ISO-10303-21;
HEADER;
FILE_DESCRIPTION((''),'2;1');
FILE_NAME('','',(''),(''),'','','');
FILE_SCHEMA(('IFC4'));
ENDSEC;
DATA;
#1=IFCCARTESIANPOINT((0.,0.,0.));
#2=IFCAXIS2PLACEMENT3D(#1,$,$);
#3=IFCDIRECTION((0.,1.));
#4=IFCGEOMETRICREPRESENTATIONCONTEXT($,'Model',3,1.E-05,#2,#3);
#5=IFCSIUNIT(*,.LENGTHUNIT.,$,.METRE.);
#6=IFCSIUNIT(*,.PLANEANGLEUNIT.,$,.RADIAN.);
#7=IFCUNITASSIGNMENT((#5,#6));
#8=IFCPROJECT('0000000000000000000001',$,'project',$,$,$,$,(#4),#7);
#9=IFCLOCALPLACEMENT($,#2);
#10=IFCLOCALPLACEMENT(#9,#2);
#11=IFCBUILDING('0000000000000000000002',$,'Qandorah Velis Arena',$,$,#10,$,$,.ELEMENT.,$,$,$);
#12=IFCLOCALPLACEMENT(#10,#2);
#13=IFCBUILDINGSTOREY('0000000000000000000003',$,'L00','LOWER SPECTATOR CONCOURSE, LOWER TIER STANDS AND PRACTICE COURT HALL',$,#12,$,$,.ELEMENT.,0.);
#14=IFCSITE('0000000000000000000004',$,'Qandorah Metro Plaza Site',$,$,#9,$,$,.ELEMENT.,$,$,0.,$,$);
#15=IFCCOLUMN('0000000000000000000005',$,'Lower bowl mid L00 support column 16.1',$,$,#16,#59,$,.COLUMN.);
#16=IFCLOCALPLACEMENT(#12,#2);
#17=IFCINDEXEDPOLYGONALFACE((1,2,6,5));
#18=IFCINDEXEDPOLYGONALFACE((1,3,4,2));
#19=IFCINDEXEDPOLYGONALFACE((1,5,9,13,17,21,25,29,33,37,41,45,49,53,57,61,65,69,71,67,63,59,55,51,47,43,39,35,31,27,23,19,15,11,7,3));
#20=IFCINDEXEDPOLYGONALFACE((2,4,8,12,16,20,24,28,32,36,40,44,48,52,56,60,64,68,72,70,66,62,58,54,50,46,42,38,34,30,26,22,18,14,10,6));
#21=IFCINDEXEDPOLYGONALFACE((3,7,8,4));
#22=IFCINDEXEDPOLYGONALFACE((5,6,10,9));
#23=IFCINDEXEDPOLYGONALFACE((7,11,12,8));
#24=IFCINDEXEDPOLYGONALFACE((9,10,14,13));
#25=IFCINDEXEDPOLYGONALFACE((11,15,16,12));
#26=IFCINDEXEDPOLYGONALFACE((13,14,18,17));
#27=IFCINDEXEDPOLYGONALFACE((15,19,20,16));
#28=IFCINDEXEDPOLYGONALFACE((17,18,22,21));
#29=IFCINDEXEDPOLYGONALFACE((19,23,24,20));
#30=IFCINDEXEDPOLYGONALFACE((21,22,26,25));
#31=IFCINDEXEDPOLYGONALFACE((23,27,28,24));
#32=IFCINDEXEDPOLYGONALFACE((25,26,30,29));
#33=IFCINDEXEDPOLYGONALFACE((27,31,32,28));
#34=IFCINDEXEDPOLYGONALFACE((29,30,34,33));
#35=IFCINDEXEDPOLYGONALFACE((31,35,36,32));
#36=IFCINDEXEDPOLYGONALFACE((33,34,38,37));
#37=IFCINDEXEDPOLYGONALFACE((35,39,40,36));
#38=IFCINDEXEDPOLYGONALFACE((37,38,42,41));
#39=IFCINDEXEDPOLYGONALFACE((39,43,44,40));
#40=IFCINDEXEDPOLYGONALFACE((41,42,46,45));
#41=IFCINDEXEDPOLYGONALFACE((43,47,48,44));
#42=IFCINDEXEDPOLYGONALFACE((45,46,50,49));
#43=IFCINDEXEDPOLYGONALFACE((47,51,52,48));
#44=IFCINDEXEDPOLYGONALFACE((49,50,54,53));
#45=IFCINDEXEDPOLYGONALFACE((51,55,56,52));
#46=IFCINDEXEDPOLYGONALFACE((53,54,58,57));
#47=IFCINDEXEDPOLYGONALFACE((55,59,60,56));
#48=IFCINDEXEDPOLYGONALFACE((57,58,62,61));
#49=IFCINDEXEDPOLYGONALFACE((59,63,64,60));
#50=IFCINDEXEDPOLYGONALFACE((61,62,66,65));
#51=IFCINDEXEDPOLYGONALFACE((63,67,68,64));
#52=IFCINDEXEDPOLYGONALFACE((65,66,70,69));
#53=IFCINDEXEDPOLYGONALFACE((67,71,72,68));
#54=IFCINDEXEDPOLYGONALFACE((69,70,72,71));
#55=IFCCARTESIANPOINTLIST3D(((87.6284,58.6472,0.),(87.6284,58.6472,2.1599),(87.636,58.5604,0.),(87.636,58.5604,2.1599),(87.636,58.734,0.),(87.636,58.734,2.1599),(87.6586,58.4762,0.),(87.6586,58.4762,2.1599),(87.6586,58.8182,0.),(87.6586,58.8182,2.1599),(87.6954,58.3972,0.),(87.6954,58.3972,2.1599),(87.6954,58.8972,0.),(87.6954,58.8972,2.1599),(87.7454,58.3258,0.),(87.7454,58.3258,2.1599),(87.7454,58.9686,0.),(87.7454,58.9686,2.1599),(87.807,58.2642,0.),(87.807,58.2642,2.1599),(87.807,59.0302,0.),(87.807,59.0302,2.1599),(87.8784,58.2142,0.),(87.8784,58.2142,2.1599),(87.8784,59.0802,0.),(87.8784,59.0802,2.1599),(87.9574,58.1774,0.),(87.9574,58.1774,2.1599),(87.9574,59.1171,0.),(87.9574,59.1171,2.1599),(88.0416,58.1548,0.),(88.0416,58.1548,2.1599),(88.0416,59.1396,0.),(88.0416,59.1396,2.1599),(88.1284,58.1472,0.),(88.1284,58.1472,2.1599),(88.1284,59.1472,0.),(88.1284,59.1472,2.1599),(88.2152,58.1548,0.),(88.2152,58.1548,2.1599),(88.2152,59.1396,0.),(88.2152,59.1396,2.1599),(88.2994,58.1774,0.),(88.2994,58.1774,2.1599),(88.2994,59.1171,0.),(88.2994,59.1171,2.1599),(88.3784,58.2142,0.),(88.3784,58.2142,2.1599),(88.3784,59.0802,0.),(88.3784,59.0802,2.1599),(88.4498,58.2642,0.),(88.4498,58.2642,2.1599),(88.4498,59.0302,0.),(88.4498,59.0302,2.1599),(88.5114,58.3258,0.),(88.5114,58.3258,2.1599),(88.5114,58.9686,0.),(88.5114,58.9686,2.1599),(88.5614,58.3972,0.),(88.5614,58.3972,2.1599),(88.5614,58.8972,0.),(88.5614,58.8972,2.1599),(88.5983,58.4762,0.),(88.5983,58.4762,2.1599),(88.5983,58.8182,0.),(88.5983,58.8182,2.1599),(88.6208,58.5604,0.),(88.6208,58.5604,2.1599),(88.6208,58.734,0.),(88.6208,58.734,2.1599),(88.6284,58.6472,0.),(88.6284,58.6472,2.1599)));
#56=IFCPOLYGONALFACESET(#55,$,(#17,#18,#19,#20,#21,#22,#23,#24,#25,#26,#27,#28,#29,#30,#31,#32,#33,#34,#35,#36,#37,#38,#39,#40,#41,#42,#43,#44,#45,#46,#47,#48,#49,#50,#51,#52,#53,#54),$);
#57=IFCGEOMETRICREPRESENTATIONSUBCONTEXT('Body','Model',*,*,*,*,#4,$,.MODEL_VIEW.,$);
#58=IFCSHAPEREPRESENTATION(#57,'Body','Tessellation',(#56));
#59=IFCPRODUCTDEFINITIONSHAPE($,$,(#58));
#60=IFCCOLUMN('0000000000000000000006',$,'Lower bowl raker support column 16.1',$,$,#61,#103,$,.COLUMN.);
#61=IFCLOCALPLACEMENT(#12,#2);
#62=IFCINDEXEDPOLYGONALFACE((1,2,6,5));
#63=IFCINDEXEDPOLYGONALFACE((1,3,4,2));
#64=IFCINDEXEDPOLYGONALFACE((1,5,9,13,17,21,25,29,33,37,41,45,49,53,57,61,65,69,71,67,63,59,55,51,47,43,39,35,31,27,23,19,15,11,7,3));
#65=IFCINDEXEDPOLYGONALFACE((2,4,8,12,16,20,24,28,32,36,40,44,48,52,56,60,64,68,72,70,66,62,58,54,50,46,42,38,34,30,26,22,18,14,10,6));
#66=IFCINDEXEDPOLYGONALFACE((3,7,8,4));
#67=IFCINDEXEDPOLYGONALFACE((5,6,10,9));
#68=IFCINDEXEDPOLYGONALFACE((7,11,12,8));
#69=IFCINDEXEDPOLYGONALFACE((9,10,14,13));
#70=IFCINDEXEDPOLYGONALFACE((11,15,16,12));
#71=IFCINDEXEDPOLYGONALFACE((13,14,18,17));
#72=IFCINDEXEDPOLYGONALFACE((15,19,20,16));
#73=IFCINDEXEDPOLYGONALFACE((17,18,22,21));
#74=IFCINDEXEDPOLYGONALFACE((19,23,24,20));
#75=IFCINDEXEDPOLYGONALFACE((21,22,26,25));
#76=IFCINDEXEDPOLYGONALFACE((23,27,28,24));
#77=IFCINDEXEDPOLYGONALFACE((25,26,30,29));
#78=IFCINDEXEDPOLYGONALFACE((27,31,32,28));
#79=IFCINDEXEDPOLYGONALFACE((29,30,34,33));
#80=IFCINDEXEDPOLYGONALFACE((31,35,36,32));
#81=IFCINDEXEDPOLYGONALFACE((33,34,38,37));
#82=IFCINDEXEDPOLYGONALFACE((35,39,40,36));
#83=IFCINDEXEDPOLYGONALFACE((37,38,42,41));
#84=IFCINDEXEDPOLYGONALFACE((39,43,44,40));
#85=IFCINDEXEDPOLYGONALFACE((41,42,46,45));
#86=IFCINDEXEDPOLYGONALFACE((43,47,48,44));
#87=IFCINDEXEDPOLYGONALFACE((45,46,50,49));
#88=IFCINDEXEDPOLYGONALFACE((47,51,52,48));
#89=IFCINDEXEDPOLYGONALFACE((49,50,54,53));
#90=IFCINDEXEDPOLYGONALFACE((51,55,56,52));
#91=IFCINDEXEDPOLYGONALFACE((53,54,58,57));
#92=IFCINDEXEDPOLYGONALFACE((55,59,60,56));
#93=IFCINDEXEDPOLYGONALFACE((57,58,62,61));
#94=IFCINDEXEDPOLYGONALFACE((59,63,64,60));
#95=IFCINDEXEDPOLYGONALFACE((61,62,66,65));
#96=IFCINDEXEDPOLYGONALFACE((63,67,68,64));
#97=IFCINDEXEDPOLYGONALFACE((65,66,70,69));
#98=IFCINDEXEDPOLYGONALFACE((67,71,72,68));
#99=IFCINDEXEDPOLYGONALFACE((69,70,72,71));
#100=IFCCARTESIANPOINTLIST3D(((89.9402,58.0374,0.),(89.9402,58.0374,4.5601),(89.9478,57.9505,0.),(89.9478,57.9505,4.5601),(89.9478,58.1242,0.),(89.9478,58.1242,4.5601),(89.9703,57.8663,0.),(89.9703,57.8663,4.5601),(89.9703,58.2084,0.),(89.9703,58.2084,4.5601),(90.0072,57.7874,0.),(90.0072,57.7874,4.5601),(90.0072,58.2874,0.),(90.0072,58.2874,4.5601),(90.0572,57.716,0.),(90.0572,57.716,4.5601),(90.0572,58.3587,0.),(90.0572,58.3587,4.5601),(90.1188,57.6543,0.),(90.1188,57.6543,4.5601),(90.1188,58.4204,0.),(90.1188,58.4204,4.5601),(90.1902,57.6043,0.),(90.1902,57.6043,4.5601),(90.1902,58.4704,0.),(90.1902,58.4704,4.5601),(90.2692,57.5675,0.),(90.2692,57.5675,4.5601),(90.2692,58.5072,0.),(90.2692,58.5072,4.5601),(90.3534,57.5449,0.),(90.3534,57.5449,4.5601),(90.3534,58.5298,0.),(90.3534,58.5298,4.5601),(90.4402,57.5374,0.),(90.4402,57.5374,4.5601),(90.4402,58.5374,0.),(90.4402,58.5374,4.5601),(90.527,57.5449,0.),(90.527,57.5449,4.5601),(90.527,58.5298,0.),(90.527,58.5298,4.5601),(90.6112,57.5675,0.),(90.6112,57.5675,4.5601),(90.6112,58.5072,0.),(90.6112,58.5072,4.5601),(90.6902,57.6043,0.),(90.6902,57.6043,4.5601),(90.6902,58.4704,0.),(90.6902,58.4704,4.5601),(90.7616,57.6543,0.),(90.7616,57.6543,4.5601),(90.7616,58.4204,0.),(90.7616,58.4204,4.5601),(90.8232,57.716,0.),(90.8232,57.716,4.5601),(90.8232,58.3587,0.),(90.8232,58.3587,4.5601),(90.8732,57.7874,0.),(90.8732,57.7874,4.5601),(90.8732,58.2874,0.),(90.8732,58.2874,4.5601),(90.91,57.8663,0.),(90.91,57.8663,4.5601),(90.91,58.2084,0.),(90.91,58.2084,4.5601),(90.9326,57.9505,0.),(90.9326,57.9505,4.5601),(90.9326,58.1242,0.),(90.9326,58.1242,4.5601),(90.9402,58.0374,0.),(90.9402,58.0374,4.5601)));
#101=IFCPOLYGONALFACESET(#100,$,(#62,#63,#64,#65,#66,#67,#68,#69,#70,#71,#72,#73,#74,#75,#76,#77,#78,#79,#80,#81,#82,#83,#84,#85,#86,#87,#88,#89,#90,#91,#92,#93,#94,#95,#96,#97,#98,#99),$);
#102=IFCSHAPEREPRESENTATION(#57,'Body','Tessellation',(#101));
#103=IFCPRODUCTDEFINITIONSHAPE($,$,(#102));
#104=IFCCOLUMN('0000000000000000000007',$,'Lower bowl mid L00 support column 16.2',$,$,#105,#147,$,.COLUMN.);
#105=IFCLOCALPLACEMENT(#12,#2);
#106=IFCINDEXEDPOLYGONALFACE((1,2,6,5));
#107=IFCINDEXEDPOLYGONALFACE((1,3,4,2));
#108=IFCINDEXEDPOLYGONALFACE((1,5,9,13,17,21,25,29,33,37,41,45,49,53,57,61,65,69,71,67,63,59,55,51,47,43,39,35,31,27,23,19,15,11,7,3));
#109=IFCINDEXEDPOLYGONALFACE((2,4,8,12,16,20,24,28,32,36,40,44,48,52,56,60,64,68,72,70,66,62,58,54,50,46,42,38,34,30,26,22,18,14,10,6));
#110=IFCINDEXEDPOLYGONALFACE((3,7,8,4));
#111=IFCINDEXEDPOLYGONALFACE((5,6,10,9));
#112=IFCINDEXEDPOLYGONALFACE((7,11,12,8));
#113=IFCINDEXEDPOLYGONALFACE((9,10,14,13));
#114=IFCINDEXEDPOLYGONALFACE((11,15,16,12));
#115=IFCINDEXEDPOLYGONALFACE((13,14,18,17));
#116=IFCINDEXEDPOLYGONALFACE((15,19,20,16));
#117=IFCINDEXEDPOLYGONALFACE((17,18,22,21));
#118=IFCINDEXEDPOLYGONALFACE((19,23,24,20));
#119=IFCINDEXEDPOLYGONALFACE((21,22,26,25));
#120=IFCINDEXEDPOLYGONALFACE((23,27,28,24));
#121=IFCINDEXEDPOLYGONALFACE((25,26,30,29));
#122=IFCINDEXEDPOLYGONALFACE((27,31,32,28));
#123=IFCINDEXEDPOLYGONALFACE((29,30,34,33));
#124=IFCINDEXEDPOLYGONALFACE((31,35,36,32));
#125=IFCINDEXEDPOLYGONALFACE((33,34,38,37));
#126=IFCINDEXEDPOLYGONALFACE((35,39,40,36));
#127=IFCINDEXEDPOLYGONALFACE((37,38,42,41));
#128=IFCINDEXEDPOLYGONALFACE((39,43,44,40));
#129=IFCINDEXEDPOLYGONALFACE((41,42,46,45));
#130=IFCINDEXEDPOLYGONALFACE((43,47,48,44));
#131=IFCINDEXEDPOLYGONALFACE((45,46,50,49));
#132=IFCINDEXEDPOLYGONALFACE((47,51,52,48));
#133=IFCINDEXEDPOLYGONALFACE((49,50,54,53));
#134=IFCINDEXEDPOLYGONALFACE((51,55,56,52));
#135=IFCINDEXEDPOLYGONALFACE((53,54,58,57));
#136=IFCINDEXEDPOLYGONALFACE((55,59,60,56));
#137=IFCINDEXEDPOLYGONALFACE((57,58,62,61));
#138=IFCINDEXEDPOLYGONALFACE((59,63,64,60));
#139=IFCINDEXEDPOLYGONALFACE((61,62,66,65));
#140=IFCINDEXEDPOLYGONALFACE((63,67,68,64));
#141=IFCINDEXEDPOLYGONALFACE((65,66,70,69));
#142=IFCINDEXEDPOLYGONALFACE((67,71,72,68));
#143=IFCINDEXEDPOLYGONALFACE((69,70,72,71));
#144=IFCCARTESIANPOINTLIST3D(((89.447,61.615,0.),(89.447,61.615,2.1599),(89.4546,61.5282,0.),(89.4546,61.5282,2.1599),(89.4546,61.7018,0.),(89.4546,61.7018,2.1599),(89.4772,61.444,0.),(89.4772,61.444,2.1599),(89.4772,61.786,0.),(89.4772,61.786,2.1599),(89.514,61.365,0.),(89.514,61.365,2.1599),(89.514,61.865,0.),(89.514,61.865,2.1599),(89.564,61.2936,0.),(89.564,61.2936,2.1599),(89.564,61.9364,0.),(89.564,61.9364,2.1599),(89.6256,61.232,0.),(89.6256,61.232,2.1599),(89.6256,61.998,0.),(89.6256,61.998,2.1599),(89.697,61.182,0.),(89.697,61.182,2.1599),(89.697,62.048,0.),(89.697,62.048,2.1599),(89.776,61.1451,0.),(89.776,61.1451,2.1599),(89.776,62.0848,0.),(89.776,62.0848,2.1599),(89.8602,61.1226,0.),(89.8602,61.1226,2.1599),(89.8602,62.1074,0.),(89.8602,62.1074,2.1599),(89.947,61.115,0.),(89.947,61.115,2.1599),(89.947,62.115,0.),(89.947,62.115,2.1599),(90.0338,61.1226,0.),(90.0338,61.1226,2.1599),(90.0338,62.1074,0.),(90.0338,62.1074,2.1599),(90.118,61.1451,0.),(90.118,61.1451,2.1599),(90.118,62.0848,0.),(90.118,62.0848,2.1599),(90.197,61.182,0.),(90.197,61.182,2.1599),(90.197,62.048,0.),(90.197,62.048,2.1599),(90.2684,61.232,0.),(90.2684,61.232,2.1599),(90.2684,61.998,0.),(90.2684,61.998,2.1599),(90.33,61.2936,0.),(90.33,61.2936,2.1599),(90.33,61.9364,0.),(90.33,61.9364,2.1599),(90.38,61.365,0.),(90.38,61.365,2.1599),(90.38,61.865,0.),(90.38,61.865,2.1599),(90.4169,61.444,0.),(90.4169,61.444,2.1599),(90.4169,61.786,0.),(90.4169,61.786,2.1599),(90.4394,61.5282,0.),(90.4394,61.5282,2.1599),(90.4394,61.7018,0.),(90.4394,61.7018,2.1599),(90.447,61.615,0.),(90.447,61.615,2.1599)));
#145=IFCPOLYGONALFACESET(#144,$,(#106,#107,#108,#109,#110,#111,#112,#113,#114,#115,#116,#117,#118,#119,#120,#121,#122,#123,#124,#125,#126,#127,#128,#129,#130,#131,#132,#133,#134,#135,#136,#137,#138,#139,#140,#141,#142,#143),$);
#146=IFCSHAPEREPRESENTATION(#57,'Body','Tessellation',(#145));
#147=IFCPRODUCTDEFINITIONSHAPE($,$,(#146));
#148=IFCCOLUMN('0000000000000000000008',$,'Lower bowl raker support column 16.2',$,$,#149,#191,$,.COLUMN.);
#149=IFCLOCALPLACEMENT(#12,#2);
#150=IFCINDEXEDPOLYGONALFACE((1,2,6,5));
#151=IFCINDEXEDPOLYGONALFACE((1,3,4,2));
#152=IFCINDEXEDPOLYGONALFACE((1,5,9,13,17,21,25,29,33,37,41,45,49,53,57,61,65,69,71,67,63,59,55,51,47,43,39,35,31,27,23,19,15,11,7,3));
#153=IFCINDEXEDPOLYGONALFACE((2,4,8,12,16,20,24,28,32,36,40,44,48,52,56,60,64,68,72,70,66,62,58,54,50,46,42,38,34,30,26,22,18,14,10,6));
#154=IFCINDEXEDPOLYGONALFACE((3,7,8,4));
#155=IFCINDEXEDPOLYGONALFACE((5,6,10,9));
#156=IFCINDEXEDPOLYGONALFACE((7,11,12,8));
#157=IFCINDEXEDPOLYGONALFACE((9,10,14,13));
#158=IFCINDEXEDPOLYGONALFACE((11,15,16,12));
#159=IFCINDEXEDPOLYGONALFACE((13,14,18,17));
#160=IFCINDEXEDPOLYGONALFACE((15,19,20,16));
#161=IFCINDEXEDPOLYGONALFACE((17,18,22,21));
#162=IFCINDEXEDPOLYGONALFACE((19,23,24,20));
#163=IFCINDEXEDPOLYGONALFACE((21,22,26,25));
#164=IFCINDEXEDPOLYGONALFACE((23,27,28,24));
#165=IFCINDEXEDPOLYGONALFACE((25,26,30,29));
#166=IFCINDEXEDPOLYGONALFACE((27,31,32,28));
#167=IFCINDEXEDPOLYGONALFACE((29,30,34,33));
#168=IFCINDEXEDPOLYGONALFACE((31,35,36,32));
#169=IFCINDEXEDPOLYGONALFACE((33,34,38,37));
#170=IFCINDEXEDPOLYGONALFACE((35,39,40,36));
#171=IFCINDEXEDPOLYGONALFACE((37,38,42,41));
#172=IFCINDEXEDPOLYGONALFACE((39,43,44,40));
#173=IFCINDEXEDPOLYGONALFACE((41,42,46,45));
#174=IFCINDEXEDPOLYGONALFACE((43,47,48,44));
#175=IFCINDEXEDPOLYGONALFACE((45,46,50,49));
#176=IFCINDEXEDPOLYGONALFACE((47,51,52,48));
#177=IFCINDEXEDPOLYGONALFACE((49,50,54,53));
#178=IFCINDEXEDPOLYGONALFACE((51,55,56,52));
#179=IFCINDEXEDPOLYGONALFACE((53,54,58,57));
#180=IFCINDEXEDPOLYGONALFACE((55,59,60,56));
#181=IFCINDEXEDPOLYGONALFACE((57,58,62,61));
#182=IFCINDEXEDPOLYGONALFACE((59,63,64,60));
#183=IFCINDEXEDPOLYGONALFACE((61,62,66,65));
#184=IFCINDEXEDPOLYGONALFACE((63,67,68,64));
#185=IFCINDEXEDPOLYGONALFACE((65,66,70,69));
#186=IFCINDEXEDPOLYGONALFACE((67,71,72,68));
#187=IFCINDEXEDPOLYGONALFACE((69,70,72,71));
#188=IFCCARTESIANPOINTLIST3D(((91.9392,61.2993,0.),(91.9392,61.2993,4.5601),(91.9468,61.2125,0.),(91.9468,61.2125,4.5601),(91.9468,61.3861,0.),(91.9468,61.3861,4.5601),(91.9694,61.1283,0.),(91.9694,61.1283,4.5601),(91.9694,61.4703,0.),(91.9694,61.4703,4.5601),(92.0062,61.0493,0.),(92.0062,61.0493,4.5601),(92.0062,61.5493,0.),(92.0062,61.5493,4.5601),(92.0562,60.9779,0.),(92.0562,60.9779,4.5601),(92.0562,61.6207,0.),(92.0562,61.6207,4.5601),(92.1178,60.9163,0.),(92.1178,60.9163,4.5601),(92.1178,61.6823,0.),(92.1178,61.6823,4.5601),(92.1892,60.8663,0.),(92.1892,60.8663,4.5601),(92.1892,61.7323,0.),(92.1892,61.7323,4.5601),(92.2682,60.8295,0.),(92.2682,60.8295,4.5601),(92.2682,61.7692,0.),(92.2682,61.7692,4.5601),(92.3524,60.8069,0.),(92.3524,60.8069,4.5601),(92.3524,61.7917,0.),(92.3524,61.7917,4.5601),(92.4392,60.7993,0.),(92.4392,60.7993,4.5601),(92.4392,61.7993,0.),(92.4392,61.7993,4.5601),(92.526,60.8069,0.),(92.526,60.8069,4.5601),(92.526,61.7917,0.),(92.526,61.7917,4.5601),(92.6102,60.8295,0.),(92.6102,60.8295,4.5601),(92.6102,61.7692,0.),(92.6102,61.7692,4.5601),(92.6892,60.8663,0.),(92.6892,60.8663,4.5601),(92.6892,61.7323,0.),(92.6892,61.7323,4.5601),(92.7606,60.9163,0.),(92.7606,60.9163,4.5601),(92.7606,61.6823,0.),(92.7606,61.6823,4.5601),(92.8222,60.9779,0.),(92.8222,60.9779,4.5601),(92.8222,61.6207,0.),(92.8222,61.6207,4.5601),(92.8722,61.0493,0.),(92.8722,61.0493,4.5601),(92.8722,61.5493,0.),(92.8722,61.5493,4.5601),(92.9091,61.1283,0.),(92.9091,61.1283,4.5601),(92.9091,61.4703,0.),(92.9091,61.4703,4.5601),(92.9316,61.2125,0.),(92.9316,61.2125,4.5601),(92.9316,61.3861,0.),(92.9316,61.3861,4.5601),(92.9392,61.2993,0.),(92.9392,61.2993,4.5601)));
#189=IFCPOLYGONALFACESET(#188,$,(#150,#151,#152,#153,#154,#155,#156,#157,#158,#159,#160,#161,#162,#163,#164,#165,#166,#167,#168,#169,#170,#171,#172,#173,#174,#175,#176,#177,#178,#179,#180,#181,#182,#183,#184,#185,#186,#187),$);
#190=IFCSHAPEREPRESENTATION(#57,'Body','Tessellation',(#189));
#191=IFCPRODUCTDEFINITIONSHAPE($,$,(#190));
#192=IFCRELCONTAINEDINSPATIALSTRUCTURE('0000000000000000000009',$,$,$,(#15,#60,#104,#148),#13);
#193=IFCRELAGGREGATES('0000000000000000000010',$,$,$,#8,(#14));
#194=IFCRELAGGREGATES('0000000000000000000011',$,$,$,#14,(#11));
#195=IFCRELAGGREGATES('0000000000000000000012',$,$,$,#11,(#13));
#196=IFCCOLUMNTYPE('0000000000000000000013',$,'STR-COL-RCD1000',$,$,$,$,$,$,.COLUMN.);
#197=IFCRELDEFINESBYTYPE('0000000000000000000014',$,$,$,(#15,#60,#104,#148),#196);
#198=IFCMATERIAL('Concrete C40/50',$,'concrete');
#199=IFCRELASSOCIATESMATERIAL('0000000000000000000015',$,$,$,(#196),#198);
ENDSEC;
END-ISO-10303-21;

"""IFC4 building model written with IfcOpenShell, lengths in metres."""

from ifc_helpers import new_model, si_unit, direction, frame, origin, origin_2d, place, context, subcontext, project, spatial, circle, extrude, material, material_profile, profile_set, type_object, element, save


model = new_model("IFC4")

# Units and contexts
model_context = context("Model", 3, precision=1e-05, world=origin(), true_north=direction((0.0, 1.0)))
body_context = subcontext(model_context, "Body", "Model", "MODEL_VIEW")
ifc_project = project(units=[si_unit("LENGTHUNIT", "METRE"), si_unit("PLANEANGLEUNIT", "RADIAN")], contexts=[model_context])

# Site, building, storey
site_placement = place(None, origin())
site = spatial("IfcSite", under=ifc_project, at=site_placement, Name="Qandorah Metro Plaza Site", CompositionType="ELEMENT", RefElevation=0.0)
building_placement = place(site_placement, origin())
building = spatial("IfcBuilding", under=site, at=building_placement, Name="Qandorah Velis Arena", CompositionType="ELEMENT")
storey_placement = place(building_placement, origin())
storey = spatial("IfcBuildingStorey", under=building, at=storey_placement, Name="L00", Description="LOWER SPECTATOR CONCOURSE, LOWER TIER STANDS AND PRACTICE COURT HALL", CompositionType="ELEMENT", Elevation=0.0)

# Columns
ifc_material_1 = material(Name="Concrete C40/50", Category="concrete")
ifc_material_profile_1 = material_profile(ifc_material_1, circle(Radius=0.5, at=origin_2d()), Name="RC D1000")
ifc_profile_set_1 = profile_set([ifc_material_profile_1], Name="Concrete C40/50")
column_type_1 = type_object("IfcColumnType", Name="STR-COL-RCD1000", PredefinedType="COLUMN", material=ifc_profile_set_1)
column_1_placement = place(storey_placement, frame((88.1284, 58.6472, 0.0), z_axis=(0.0, 0.0, 1.0), x_axis=(1.0, 0.0, 0.0)))
element("IfcColumn", 1, at=column_1_placement, inside=storey, type_object=column_type_1, Name="Lower bowl mid L00 support column 16.1", PredefinedType="COLUMN", context=body_context, shape_type="SweptSolid", body=[
    extrude(circle(Radius=0.5, at=origin_2d()), origin(), (0.0, 0.0, 1.0), 2.1599),
])
column_2_placement = place(storey_placement, frame((90.4402, 58.0374, 0.0), z_axis=(0.0, 0.0, 1.0), x_axis=(1.0, 0.0, 0.0)))
element("IfcColumn", 2, at=column_2_placement, inside=storey, type_object=column_type_1, Name="Lower bowl raker support column 16.1", PredefinedType="COLUMN", context=body_context, shape_type="SweptSolid", body=[
    extrude(circle(Radius=0.5, at=origin_2d()), origin(), (0.0, 0.0, 1.0), 4.5601),
])
column_3_placement = place(storey_placement, frame((89.947, 61.615, 0.0), z_axis=(0.0, 0.0, 1.0), x_axis=(1.0, 0.0, 0.0)))
element("IfcColumn", 3, at=column_3_placement, inside=storey, type_object=column_type_1, Name="Lower bowl mid L00 support column 16.2", PredefinedType="COLUMN", context=body_context, shape_type="SweptSolid", body=[
    extrude(circle(Radius=0.5, at=origin_2d()), origin(), (0.0, 0.0, 1.0), 2.1599),
])
column_4_placement = place(storey_placement, frame((92.4392, 61.2993, 0.0), z_axis=(0.0, 0.0, 1.0), x_axis=(1.0, 0.0, 0.0)))
element("IfcColumn", 4, at=column_4_placement, inside=storey, type_object=column_type_1, Name="Lower bowl raker support column 16.2", PredefinedType="COLUMN", context=body_context, shape_type="SweptSolid", body=[
    extrude(circle(Radius=0.5, at=origin_2d()), origin(), (0.0, 0.0, 1.0), 4.5601),
])

save(model, "model.ifc")
